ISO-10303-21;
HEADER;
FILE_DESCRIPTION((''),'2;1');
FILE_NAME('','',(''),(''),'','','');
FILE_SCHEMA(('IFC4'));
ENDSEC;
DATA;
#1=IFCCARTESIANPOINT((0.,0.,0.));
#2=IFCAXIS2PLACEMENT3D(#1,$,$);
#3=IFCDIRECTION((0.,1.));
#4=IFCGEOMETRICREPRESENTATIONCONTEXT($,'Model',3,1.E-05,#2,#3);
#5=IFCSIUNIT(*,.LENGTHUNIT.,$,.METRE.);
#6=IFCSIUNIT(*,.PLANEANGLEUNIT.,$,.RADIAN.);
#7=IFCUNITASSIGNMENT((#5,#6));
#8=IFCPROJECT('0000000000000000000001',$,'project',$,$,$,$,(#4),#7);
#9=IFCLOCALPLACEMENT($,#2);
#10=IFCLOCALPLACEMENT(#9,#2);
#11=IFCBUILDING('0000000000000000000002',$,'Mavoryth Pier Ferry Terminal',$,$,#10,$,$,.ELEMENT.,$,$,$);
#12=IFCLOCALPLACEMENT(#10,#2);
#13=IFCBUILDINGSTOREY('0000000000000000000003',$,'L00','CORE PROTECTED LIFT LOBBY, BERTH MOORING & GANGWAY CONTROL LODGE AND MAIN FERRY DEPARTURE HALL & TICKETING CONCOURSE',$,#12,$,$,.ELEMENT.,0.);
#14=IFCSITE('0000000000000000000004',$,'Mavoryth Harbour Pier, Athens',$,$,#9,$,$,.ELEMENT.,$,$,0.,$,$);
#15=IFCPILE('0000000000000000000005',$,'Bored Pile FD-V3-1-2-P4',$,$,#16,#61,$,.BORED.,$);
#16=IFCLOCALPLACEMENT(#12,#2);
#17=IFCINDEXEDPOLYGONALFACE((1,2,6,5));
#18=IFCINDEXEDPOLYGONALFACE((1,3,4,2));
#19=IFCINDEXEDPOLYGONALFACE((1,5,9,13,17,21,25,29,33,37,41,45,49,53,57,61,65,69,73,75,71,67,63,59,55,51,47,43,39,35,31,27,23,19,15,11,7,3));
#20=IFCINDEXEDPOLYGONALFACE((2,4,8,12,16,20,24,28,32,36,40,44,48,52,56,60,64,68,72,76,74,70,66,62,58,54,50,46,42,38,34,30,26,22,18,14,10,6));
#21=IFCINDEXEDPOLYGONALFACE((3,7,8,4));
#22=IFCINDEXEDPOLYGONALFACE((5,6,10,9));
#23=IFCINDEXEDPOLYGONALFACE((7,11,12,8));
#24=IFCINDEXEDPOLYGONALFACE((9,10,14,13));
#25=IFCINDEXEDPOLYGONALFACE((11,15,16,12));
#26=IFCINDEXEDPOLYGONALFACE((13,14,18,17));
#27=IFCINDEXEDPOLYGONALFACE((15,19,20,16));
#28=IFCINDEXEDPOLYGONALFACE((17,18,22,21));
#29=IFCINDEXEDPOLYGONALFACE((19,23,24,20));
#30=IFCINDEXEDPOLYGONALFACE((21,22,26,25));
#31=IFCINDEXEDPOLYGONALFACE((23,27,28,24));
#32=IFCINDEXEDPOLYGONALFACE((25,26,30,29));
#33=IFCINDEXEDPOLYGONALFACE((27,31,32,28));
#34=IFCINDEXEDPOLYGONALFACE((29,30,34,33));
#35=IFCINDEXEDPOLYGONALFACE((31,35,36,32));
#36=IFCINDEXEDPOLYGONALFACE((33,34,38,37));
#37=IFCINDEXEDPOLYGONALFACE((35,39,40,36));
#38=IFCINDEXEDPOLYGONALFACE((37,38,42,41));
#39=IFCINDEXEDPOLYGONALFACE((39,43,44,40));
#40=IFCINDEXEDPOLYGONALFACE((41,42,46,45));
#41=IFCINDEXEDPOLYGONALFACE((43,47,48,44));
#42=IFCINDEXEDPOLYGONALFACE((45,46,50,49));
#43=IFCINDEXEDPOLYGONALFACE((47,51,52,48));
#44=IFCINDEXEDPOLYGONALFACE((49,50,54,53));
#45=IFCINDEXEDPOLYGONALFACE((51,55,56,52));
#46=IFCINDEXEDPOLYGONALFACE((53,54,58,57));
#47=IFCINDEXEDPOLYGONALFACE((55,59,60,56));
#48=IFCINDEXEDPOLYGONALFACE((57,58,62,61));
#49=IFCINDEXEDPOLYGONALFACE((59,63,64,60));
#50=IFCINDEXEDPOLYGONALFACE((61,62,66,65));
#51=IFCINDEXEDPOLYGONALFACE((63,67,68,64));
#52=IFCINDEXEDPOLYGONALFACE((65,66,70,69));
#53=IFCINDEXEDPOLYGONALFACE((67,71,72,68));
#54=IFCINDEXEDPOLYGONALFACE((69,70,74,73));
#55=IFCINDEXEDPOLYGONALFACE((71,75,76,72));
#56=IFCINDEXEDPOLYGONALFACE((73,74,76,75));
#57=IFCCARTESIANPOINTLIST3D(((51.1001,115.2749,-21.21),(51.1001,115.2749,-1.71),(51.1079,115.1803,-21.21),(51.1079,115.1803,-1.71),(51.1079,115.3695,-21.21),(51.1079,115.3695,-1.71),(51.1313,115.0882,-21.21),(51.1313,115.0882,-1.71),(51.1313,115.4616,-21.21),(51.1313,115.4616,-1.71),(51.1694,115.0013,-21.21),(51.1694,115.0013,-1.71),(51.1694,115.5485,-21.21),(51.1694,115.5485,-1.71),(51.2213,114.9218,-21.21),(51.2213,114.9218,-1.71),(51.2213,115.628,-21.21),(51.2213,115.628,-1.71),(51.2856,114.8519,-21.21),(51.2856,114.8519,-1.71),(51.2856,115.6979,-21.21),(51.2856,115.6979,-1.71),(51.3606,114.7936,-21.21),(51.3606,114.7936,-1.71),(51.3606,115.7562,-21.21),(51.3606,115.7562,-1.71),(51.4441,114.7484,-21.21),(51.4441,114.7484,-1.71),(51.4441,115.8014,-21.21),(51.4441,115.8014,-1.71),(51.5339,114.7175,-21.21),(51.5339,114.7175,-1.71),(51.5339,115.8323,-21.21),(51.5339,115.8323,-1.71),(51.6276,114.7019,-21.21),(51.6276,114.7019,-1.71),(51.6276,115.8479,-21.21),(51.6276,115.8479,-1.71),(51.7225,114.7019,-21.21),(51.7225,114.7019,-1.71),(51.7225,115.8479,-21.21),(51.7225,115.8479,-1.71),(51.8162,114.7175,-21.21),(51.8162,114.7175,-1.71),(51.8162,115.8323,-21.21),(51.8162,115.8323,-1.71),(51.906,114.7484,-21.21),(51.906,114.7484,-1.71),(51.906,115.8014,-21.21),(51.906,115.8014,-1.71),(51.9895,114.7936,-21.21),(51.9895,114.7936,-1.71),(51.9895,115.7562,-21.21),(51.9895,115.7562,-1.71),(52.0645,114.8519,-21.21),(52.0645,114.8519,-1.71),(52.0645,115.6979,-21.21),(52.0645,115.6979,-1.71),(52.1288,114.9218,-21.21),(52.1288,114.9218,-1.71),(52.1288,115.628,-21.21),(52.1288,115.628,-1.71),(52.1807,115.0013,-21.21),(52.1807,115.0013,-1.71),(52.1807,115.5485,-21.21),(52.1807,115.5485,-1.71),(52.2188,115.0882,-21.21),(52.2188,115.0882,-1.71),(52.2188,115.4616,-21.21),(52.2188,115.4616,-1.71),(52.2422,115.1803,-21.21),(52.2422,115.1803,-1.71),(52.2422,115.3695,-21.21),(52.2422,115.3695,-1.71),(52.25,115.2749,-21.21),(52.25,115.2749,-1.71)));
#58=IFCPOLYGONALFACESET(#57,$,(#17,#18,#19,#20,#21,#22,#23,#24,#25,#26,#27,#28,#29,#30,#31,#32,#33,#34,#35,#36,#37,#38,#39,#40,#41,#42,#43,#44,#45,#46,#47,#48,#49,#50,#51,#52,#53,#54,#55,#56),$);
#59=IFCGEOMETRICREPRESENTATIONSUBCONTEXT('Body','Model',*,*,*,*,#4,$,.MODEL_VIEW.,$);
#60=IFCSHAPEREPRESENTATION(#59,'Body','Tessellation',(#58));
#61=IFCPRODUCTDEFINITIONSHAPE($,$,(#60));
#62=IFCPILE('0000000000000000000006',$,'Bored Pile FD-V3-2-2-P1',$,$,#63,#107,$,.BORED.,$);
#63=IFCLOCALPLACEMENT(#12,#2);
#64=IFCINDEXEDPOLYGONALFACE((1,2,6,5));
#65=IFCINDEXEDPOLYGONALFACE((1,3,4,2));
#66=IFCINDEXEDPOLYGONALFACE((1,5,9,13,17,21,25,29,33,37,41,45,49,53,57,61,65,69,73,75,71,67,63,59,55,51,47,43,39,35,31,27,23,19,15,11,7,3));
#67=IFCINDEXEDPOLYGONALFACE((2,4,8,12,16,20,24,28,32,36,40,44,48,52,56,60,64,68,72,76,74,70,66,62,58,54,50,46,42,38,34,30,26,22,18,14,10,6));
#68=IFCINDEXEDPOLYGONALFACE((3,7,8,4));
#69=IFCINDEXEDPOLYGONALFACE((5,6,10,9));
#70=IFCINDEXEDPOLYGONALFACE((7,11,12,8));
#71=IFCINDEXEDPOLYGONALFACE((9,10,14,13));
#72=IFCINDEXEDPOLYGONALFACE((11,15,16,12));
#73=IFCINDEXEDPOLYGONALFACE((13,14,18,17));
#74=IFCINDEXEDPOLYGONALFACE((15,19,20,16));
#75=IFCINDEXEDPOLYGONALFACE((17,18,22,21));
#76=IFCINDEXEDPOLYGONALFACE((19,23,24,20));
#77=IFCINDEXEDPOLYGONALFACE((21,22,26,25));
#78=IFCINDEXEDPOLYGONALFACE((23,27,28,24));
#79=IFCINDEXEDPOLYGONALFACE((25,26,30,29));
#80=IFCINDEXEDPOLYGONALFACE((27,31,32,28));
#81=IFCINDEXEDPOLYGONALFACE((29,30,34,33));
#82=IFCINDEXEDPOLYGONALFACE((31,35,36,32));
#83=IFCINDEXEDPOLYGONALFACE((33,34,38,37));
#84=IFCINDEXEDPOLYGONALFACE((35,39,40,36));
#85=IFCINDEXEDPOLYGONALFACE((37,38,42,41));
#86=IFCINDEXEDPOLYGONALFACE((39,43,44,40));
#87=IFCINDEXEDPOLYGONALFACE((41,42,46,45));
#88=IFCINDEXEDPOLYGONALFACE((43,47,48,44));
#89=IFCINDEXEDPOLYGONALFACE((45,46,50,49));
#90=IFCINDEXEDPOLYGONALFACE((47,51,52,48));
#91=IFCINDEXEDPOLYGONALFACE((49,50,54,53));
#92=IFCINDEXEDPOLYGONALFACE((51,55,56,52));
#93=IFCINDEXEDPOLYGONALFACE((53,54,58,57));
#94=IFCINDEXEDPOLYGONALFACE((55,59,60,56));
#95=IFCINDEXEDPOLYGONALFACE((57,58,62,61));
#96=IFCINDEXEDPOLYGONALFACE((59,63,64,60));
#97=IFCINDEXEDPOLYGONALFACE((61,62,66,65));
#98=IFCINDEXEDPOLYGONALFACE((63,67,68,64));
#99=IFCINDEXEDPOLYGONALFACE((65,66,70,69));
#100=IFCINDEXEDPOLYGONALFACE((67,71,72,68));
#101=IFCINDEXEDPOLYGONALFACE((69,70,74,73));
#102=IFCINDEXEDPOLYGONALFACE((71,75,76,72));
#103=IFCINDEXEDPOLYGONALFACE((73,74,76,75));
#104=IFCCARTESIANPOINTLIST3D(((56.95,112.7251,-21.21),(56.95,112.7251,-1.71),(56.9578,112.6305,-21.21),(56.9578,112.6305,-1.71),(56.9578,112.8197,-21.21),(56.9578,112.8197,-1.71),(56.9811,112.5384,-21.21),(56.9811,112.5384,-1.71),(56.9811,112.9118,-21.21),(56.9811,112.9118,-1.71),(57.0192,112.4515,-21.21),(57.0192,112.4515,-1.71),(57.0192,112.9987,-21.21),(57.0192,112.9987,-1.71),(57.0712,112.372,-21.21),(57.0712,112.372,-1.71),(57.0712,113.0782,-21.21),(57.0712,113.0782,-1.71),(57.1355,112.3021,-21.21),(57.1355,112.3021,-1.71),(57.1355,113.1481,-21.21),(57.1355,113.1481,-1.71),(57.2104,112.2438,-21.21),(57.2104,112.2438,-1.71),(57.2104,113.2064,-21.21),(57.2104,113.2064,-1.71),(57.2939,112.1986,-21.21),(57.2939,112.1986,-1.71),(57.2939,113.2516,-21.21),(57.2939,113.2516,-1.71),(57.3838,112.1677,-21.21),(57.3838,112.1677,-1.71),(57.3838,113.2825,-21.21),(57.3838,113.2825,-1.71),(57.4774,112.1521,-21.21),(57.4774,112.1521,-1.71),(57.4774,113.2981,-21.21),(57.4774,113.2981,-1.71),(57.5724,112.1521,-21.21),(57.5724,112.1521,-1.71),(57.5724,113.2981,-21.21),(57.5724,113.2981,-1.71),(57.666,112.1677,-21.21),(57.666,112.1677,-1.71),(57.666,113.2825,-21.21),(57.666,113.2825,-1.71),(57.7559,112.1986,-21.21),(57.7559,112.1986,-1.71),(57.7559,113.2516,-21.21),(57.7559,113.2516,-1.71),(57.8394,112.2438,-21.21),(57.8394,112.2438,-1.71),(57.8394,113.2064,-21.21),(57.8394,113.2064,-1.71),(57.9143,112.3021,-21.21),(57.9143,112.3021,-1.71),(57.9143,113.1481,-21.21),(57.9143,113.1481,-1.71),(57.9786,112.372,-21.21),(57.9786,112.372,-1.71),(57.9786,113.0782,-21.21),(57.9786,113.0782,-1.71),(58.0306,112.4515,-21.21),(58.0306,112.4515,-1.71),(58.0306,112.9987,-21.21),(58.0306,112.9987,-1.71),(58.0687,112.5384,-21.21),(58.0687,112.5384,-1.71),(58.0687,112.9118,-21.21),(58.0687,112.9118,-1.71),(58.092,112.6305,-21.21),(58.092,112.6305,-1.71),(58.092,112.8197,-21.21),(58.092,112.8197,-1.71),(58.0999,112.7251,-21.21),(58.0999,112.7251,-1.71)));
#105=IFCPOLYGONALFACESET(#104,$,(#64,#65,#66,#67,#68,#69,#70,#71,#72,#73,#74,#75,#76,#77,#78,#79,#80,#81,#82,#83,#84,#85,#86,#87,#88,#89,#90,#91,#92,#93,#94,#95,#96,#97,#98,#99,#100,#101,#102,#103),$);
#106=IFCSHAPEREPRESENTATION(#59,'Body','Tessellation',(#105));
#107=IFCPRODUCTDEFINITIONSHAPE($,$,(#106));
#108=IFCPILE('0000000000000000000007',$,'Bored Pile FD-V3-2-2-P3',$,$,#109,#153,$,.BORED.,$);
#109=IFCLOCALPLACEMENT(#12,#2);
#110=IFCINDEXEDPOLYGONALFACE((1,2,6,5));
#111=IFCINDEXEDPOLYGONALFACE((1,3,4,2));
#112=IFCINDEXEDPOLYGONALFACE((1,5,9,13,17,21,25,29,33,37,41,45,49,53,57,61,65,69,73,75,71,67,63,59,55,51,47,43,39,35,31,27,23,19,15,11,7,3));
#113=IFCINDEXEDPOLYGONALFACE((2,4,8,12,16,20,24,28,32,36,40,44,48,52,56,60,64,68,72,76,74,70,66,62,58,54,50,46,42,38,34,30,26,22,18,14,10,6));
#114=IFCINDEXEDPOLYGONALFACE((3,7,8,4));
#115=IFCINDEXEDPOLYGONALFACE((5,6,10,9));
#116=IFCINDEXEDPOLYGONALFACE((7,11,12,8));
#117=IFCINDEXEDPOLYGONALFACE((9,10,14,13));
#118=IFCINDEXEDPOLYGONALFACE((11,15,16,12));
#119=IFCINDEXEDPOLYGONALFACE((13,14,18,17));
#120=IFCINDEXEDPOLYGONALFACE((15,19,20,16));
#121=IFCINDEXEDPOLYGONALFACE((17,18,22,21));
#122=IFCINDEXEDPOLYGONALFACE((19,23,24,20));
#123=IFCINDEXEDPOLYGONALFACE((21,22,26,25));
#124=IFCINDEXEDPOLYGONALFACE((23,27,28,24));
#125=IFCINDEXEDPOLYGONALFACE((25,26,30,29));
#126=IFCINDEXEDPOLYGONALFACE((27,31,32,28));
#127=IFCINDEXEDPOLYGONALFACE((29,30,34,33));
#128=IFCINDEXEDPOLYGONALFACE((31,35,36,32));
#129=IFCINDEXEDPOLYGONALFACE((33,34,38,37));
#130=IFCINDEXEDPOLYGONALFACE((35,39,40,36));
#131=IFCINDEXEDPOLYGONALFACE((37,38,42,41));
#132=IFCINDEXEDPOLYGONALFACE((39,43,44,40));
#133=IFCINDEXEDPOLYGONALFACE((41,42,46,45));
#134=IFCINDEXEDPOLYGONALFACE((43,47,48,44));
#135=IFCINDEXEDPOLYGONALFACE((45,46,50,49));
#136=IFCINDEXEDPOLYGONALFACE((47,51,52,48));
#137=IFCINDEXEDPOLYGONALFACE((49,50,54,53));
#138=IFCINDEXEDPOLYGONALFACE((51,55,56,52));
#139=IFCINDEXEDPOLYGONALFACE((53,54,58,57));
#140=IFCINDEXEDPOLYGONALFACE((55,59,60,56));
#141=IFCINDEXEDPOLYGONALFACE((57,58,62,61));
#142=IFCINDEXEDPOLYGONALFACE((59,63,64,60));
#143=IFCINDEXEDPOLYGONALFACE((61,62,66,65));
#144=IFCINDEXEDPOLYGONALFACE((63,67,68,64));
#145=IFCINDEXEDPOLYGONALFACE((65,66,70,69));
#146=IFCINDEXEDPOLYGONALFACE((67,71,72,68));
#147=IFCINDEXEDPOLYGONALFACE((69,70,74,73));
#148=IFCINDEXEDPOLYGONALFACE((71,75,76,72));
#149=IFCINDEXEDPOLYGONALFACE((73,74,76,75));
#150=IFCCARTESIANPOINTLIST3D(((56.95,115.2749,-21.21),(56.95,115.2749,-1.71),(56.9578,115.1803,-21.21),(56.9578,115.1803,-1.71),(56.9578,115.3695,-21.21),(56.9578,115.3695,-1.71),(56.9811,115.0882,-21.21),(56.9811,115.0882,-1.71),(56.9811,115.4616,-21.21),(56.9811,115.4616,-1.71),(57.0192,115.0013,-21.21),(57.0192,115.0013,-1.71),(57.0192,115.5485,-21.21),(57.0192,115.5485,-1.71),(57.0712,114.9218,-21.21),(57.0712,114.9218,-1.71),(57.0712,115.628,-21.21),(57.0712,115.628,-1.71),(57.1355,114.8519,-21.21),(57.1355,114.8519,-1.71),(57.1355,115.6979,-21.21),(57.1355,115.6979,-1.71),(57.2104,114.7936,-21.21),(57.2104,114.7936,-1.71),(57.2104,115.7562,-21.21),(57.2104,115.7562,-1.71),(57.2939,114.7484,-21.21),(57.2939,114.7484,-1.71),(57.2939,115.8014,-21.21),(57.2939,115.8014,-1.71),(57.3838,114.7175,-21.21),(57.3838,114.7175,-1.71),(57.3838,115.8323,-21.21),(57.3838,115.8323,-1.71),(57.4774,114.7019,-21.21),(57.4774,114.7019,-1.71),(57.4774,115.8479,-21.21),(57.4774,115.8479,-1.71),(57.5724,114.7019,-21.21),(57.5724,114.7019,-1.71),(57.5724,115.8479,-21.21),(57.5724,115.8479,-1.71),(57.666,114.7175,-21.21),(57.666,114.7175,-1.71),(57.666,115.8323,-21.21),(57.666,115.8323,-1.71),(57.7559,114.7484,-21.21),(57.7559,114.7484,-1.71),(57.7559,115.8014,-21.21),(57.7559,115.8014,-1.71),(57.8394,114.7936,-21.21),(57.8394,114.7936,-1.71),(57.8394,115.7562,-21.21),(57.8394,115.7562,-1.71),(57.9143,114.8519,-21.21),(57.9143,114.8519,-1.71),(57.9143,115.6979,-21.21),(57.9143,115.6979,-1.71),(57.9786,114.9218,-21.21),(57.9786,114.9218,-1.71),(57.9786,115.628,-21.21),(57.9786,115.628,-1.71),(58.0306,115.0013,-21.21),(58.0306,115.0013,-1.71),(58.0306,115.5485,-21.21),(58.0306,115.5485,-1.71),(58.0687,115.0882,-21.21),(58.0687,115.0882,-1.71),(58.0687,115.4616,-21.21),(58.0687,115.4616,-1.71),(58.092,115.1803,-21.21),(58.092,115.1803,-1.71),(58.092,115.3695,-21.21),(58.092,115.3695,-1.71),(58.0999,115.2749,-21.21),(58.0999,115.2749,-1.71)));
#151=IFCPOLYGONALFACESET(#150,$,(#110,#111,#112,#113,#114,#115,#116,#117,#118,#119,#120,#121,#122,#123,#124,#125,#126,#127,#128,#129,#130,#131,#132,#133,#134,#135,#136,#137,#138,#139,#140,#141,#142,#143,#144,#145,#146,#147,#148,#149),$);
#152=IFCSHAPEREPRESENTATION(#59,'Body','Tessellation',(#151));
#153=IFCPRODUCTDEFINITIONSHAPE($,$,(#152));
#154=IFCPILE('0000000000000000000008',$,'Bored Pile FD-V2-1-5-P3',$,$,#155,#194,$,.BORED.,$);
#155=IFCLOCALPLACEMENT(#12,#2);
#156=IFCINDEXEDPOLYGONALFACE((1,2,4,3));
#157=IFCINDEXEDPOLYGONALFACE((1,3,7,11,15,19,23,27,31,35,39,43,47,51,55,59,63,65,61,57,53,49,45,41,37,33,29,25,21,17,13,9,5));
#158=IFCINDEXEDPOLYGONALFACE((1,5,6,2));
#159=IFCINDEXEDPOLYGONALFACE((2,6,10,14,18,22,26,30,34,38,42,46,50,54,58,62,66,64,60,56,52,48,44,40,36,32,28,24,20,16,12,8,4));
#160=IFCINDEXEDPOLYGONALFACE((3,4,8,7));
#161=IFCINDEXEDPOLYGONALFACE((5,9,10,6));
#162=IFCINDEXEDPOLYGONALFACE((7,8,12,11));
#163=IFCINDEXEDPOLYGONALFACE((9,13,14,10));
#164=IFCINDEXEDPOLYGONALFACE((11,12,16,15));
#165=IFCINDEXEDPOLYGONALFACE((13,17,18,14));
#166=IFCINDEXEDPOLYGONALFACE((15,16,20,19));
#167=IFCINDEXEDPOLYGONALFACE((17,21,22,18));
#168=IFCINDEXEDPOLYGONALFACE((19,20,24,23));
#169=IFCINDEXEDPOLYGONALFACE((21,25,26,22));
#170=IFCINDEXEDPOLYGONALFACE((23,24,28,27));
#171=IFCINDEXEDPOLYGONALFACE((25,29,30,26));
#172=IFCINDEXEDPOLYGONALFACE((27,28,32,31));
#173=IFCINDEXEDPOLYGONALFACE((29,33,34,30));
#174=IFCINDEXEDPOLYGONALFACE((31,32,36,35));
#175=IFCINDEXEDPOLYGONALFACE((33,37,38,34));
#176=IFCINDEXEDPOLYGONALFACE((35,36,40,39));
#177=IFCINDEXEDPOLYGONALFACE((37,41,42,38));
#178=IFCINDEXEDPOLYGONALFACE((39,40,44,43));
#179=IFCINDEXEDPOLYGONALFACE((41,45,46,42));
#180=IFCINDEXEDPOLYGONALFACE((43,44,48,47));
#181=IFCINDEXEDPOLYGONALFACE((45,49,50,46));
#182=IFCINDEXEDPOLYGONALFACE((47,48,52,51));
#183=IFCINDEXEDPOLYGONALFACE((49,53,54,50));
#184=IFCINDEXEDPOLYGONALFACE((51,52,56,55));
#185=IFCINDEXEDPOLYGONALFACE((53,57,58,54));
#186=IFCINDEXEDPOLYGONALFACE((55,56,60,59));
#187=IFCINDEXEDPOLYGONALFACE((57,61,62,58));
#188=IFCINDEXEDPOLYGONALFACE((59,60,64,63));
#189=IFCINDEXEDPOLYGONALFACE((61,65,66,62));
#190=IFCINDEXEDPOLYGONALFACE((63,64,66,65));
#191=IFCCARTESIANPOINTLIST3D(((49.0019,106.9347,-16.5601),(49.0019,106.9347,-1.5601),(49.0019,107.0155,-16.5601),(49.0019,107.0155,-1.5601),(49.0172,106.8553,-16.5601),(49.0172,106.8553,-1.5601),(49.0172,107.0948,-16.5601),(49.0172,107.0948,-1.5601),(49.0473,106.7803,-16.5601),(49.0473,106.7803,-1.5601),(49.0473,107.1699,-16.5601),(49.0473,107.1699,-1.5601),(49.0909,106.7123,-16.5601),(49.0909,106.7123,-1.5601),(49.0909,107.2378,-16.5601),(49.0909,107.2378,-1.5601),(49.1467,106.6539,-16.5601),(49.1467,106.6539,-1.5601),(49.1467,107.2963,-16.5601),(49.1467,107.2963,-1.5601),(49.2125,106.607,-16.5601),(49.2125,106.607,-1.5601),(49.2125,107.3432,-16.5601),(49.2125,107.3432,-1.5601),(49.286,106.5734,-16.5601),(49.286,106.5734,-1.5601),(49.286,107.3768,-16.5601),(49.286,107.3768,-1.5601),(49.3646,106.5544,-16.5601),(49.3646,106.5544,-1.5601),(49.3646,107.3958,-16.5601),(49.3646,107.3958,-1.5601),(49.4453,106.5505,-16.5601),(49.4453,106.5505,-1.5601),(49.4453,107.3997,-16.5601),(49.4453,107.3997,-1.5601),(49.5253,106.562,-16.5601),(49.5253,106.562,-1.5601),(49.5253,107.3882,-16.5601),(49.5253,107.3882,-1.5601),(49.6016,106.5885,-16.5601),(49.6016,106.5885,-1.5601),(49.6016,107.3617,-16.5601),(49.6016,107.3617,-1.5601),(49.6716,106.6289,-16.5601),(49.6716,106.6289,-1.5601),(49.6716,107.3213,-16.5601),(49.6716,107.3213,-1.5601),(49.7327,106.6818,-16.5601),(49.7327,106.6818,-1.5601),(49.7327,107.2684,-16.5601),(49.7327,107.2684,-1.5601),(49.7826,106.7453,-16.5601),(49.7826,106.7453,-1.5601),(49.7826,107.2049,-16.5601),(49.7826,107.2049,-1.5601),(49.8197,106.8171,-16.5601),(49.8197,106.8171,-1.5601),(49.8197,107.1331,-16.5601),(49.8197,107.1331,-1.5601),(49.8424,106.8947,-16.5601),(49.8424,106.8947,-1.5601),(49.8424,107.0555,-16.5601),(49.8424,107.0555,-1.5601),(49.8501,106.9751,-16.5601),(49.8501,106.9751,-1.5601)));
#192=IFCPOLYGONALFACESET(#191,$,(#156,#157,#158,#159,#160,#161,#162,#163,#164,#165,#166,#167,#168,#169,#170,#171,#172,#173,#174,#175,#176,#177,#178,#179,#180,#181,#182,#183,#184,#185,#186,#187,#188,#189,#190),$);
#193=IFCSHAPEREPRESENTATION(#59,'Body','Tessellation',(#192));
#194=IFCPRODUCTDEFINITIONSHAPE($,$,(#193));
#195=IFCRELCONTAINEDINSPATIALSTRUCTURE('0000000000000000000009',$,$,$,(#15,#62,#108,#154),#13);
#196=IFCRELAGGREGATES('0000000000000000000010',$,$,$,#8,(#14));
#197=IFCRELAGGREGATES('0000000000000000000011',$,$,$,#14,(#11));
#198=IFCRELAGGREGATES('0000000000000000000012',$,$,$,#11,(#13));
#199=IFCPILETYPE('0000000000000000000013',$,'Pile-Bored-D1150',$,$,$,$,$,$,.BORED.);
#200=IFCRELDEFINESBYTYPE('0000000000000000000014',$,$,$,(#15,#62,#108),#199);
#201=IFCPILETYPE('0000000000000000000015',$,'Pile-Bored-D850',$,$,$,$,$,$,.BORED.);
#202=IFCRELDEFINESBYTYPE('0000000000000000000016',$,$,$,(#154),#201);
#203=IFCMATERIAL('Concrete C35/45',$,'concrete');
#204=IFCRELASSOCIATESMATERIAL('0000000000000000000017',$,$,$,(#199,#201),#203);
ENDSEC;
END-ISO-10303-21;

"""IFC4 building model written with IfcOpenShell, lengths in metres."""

from ifc_helpers import new_model, si_unit, direction, frame, origin, origin_2d, place, context, subcontext, project, spatial, circle, extrude, material, material_profile, profile_set, type_object, element, save


model = new_model("IFC4")

# Units and contexts
model_context = context("Model", 3, precision=1e-05, world=origin(), true_north=direction((0.0, 1.0)))
body_context = subcontext(model_context, "Body", "Model", "MODEL_VIEW")
ifc_project = project(units=[si_unit("LENGTHUNIT", "METRE"), si_unit("PLANEANGLEUNIT", "RADIAN")], contexts=[model_context])

# Site, building, storey
site_placement = place(None, origin())
site = spatial("IfcSite", under=ifc_project, at=site_placement, Name="Mavoryth Harbour Pier, Athens", CompositionType="ELEMENT", RefElevation=0.0)
building_placement = place(site_placement, origin())
building = spatial("IfcBuilding", under=site, at=building_placement, Name="Mavoryth Pier Ferry Terminal", CompositionType="ELEMENT")
storey_placement = place(building_placement, origin())
storey = spatial("IfcBuildingStorey", under=building, at=storey_placement, Name="L00", Description="CORE PROTECTED LIFT LOBBY, BERTH MOORING & GANGWAY CONTROL LODGE AND MAIN FERRY DEPARTURE HALL & TICKETING CONCOURSE", CompositionType="ELEMENT", Elevation=0.0)

# Shared definitions
ifc_material_1 = material(Name="Concrete C35/45", Category="concrete")

# Piles
ifc_material_profile_1 = material_profile(ifc_material_1, circle(Radius=0.575, at=origin_2d()), Name="PILE D1150", Category="concrete")
ifc_profile_set_1 = profile_set([ifc_material_profile_1], Name="Concrete C35/45 - PILE D1150")
pile_type_1 = type_object("IfcPileType", Name="Pile-Bored-D1150", PredefinedType="BORED", material=ifc_profile_set_1)
for number, where, z_axis, x_axis, name in (
    (1, (51.675, 115.2749, -1.71), (0.0, 0.0, -1.0), (1.0, 0.0, 0.0), "Bored Pile FD-V3-1-2-P4"),
    (2, (57.5249, 112.7251, -1.71), (0.0, 0.0, -1.0), (1.0, 0.0, 0.0), "Bored Pile FD-V3-2-2-P1"),
    (3, (57.5249, 115.2749, -1.71), (0.0, 0.0, -1.0), (1.0, 0.0, 0.0), "Bored Pile FD-V3-2-2-P3"),
):
    element("IfcPile", number, at=place(storey_placement, frame(where, z_axis=z_axis, x_axis=x_axis)), inside=storey, type_object=pile_type_1, Name=name, PredefinedType="BORED", context=body_context, shape_type="SweptSolid", body=[
        extrude(circle(Radius=0.575, at=origin_2d()), origin(), (0.0, 0.0, 1.0), 19.5),
    ])
ifc_material_profile_2 = material_profile(ifc_material_1, circle(Radius=0.425, at=origin_2d()), Name="PILE D850", Category="concrete")
ifc_profile_set_2 = profile_set([ifc_material_profile_2], Name="Concrete C35/45 - PILE D850")
pile_type_2 = type_object("IfcPileType", Name="Pile-Bored-D850", PredefinedType="BORED", material=ifc_profile_set_2)
for number, where, z_axis, x_axis, name in (
    (4, (49.425, 106.9751, -1.5601), (0.0, 0.0, -1.0), (1.0, 0.0, 0.0), "Bored Pile FD-V2-1-5-P3"),
):
    element("IfcPile", number, at=place(storey_placement, frame(where, z_axis=z_axis, x_axis=x_axis)), inside=storey, type_object=pile_type_2, Name=name, PredefinedType="BORED", context=body_context, shape_type="SweptSolid", body=[
        extrude(circle(Radius=0.425, at=origin_2d()), origin(), (0.0, 0.0, 1.0), 15.0),
    ])

save(model, "model.ifc")
